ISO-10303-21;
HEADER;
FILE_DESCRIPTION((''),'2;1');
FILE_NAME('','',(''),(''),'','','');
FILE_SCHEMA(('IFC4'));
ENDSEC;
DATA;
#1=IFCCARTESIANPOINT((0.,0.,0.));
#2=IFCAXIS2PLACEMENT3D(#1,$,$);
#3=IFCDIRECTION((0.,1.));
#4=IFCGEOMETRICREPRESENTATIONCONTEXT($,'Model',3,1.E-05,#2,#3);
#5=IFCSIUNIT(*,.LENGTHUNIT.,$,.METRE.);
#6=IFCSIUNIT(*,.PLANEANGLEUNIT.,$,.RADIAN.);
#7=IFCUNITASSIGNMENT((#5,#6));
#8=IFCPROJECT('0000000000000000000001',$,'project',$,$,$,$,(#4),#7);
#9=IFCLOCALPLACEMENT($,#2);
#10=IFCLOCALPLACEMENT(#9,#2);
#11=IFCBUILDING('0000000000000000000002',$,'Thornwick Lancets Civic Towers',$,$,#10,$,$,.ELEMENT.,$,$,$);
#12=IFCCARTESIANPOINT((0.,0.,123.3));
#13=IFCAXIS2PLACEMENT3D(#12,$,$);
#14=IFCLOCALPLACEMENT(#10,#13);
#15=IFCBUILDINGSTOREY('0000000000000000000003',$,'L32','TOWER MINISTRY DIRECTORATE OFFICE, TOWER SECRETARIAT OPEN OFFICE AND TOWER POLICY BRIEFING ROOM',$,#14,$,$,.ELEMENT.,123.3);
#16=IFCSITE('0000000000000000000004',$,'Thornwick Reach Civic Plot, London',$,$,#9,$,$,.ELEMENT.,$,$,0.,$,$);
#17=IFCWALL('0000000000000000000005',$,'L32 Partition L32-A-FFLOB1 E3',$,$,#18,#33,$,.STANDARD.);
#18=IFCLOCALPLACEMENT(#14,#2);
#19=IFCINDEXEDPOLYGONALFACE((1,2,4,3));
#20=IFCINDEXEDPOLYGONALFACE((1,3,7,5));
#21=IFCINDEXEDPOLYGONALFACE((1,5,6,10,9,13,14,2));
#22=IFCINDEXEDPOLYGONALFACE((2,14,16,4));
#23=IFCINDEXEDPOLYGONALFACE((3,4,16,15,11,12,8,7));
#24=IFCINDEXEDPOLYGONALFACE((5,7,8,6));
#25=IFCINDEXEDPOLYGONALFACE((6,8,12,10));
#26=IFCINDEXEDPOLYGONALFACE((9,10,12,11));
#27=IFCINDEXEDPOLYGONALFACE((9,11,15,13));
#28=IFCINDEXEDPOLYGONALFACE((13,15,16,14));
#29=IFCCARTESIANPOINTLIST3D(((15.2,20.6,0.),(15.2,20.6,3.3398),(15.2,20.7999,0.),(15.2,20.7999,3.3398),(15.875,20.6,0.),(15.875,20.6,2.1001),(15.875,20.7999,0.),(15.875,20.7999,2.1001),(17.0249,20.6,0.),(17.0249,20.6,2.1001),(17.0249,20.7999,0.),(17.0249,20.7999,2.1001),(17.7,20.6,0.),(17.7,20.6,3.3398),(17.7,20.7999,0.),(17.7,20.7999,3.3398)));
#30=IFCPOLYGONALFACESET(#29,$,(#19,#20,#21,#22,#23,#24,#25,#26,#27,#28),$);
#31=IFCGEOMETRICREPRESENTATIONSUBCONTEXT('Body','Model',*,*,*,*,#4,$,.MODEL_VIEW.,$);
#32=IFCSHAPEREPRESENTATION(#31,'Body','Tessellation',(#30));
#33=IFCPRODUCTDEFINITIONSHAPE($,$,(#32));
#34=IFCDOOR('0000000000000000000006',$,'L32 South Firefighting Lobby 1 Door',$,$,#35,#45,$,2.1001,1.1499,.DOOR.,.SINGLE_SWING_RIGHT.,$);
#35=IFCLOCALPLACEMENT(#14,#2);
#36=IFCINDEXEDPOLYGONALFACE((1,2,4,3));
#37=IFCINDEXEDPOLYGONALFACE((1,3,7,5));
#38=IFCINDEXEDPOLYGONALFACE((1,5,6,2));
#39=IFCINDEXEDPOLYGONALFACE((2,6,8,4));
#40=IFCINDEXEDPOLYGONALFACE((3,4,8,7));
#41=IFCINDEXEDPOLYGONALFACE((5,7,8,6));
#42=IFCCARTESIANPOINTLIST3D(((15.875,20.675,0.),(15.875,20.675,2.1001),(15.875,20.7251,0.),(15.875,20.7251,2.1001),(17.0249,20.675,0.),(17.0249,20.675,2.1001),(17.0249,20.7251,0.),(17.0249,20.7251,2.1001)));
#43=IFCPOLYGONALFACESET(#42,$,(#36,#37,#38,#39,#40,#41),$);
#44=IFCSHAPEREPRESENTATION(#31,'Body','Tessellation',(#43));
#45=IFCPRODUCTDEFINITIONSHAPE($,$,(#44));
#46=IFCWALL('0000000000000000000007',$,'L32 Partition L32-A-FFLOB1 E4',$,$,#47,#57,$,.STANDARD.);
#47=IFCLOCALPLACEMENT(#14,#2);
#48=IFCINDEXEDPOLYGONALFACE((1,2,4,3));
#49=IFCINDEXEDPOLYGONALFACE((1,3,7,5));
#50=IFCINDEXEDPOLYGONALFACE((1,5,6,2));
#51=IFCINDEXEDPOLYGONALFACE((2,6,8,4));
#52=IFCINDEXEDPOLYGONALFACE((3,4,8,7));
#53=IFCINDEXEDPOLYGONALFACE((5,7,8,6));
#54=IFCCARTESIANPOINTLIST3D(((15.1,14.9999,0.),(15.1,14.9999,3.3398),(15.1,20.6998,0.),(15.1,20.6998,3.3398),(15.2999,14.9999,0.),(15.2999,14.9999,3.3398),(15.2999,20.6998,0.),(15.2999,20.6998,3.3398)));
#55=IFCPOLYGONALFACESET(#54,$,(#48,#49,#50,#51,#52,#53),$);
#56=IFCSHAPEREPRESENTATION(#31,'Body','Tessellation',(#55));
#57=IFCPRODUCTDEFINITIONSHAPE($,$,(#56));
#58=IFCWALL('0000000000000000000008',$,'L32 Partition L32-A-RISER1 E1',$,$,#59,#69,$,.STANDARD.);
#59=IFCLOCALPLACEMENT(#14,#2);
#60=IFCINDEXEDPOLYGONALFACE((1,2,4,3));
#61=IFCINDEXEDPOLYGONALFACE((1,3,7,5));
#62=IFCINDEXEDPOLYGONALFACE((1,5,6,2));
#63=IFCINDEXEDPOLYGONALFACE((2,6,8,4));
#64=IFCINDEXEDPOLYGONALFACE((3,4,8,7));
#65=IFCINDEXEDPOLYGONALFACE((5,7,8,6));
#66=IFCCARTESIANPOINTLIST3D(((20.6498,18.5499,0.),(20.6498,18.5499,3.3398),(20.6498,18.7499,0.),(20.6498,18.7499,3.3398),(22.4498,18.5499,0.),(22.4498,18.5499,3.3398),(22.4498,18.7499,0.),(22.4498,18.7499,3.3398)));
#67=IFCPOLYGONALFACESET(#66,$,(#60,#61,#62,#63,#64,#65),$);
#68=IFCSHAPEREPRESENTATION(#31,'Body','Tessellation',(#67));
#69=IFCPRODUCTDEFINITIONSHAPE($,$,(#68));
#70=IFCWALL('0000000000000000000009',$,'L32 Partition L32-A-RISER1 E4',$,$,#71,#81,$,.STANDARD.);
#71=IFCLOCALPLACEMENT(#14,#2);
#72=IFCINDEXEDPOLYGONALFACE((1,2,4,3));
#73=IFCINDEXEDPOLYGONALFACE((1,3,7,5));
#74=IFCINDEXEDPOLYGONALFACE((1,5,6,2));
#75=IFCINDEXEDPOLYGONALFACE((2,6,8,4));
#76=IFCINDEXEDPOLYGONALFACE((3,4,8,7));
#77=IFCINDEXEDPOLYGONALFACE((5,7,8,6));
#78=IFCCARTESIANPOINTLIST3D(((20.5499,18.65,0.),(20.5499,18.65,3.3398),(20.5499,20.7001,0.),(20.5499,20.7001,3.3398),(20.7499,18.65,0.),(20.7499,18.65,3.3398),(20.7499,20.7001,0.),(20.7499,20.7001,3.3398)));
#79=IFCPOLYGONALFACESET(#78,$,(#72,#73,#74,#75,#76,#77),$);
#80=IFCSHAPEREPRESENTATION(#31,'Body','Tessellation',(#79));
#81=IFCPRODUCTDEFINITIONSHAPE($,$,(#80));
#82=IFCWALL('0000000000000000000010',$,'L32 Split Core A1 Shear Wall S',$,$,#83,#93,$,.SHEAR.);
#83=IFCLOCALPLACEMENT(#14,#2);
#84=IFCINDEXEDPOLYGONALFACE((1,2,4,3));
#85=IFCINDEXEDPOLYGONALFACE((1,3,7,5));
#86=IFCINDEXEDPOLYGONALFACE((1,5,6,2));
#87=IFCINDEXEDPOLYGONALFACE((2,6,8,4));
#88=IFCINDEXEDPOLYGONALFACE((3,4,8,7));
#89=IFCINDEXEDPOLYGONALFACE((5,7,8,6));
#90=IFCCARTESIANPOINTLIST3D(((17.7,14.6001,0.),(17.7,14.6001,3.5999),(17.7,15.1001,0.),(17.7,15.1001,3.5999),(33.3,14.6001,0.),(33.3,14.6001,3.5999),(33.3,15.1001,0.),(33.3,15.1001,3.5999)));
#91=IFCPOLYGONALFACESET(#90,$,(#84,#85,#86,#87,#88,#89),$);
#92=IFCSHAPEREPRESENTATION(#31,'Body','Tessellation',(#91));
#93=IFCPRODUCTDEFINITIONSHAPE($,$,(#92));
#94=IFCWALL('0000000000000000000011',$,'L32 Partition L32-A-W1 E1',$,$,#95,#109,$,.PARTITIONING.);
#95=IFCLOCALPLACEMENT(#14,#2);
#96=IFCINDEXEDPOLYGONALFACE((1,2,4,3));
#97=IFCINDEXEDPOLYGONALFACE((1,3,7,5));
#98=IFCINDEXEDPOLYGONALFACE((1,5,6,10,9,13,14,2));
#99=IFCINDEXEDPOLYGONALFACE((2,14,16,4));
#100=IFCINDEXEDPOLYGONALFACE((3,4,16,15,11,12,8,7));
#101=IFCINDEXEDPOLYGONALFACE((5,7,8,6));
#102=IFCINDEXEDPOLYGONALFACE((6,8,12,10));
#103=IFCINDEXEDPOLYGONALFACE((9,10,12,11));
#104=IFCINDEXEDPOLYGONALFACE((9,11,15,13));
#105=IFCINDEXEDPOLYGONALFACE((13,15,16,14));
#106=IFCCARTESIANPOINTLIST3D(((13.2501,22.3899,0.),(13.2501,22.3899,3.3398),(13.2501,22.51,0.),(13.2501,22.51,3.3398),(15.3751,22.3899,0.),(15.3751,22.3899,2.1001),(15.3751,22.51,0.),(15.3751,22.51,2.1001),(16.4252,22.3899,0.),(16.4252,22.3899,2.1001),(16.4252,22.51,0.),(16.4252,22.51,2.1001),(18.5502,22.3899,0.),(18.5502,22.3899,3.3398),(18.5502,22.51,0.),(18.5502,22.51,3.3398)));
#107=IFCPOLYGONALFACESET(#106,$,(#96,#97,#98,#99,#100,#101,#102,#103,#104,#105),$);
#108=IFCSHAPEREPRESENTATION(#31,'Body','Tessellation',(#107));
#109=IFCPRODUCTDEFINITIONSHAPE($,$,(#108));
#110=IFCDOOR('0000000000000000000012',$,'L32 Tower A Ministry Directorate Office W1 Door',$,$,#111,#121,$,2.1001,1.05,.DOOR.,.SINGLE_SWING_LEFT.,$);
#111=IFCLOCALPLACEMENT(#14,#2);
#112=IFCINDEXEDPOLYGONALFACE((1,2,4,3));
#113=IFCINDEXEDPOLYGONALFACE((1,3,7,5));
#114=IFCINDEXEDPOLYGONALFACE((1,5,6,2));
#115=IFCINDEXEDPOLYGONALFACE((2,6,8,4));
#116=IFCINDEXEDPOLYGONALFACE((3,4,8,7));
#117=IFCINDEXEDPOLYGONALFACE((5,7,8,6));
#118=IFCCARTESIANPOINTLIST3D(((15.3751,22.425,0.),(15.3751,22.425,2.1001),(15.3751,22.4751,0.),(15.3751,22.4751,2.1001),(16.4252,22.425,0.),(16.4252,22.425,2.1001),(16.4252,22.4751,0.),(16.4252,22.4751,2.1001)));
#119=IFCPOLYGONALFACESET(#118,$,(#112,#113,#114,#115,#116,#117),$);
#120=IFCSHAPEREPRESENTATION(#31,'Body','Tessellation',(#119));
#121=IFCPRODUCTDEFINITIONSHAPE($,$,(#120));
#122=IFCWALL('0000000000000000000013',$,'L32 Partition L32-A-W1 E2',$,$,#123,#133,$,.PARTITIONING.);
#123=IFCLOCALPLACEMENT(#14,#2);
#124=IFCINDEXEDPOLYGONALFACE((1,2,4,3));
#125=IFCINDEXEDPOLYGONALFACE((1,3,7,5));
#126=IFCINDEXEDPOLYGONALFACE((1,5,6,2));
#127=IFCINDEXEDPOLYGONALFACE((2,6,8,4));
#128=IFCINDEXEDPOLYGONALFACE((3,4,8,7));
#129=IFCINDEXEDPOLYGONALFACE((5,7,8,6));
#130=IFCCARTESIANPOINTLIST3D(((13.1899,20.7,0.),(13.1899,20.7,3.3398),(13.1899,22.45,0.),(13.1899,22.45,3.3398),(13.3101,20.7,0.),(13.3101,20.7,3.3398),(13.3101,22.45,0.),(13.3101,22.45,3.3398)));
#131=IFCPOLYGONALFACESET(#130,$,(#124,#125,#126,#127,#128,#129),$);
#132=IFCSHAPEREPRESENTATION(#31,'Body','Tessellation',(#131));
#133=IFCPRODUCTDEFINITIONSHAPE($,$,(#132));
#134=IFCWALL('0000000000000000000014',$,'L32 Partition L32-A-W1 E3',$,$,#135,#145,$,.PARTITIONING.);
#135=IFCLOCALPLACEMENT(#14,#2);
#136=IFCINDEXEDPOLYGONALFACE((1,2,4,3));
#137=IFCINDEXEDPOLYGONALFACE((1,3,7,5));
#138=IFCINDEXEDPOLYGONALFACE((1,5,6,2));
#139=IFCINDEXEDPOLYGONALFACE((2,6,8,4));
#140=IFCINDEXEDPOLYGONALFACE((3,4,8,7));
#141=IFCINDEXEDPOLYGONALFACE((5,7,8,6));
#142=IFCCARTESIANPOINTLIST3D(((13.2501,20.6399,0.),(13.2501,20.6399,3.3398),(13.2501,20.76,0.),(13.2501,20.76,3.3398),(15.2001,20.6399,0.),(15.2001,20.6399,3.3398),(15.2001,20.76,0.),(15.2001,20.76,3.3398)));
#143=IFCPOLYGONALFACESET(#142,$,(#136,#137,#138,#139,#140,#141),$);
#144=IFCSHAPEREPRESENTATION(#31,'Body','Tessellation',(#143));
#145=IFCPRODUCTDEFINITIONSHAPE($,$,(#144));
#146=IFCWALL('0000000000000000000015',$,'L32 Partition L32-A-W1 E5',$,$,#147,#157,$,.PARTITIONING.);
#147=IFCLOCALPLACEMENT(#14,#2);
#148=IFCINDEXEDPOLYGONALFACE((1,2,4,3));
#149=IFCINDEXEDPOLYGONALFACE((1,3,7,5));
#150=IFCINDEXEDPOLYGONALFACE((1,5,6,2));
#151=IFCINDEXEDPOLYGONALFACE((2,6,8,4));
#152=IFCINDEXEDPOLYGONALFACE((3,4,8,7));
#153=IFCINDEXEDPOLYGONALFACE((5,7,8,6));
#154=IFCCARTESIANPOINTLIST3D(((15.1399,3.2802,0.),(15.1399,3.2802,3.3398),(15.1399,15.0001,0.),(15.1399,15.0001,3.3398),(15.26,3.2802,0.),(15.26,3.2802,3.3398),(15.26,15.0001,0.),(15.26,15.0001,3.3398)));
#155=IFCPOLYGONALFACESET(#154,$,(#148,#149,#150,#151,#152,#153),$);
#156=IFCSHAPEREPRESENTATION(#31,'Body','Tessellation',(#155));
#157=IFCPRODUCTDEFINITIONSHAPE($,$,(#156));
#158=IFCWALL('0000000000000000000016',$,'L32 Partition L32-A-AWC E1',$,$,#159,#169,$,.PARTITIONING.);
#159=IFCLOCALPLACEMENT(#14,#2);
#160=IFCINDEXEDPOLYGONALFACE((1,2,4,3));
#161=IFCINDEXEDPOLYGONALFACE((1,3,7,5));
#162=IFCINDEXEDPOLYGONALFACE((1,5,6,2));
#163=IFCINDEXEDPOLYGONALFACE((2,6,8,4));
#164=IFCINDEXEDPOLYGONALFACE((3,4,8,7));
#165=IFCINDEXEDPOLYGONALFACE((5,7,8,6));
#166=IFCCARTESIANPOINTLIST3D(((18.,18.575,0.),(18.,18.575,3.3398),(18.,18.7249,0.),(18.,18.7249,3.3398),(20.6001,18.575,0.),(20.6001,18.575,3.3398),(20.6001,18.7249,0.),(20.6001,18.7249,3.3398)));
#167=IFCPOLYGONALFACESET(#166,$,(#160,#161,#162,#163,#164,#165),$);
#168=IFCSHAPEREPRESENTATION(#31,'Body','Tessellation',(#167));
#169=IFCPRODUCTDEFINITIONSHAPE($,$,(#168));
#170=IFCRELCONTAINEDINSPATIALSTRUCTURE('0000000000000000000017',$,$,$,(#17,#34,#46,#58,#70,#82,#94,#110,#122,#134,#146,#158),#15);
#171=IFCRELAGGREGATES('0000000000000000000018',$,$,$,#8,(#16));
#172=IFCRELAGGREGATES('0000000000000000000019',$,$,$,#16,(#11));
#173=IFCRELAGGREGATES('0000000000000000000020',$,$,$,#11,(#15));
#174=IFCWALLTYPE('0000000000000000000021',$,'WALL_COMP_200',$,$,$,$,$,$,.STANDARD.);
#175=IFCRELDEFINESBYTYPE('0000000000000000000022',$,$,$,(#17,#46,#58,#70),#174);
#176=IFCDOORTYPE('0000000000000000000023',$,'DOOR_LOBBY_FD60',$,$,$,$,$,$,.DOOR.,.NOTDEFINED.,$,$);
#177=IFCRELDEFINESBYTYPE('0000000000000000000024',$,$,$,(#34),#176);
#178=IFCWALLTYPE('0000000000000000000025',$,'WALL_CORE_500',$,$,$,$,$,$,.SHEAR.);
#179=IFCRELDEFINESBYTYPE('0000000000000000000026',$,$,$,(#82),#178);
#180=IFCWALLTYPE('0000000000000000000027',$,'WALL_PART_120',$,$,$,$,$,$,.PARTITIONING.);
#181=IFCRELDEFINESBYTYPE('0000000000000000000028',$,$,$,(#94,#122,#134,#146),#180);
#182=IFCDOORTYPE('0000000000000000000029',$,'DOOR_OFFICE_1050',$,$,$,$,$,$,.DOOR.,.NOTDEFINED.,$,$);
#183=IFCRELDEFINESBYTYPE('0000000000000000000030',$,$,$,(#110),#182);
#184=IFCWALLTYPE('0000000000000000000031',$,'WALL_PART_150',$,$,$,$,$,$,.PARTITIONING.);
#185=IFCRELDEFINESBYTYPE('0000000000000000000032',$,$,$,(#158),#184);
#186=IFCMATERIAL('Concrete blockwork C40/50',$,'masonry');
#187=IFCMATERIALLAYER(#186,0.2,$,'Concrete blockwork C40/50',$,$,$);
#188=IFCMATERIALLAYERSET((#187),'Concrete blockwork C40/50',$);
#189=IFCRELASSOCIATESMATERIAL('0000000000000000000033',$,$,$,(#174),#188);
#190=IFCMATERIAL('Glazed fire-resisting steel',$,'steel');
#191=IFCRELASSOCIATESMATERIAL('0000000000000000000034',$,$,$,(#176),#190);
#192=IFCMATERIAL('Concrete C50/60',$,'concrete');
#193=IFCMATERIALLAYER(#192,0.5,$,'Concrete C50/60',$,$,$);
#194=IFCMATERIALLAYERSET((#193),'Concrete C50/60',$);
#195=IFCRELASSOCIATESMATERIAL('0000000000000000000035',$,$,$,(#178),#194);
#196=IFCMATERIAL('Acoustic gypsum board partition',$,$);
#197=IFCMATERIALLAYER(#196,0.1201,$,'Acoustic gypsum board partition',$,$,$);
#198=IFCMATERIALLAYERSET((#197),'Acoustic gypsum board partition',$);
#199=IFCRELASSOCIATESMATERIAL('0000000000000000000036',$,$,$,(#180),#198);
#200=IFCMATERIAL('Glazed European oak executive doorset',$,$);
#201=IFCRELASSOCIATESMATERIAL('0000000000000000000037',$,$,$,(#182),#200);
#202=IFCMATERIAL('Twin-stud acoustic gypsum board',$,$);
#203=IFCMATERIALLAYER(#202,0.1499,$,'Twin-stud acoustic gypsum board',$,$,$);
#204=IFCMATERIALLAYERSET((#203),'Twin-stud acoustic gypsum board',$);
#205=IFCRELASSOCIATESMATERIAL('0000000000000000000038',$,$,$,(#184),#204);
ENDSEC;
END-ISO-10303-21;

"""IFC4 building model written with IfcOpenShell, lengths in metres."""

from ifc_helpers import new_model, si_unit, direction, frame, frame_2d, origin, place, context, subcontext, project, spatial, rectangle, extrude, material, layer, layer_set, type_object, element, fill, save


model = new_model("IFC4")

# Units and contexts
model_context = context("Model", 3, precision=1e-05, world=origin(), true_north=direction((0.0, 1.0)))
body_context = subcontext(model_context, "Body", "Model", "MODEL_VIEW")
ifc_project = project(units=[si_unit("LENGTHUNIT", "METRE"), si_unit("PLANEANGLEUNIT", "RADIAN")], contexts=[model_context])

# Site, building, storey
site_placement = place(None, origin())
site = spatial("IfcSite", under=ifc_project, at=site_placement, Name="Thornwick Reach Civic Plot, London", CompositionType="ELEMENT", RefElevation=0.0)
building_placement = place(site_placement, origin())
building = spatial("IfcBuilding", under=site, at=building_placement, Name="Thornwick Lancets Civic Towers", CompositionType="ELEMENT")
storey_placement = place(building_placement, frame((0.0, 0.0, 123.3)))
storey = spatial("IfcBuildingStorey", under=building, at=storey_placement, Name="L32", Description="TOWER MINISTRY DIRECTORATE OFFICE, TOWER SECRETARIAT OPEN OFFICE AND TOWER POLICY BRIEFING ROOM", CompositionType="ELEMENT", Elevation=123.3)

# Shared definitions
ifc_material_1 = material(Name="Concrete blockwork C40/50", Category="masonry")
ifc_layer_1 = layer(ifc_material_1, 0.2, Name="Concrete blockwork C40/50")
ifc_layer_set_1 = layer_set([ifc_layer_1], Name="Concrete blockwork C40/50")
wall_type_1 = type_object("IfcWallType", Name="WALL_COMP_200", PredefinedType="STANDARD", material=ifc_layer_set_1)

# Wall, opening, door
wall_1_placement = place(storey_placement, frame((17.7, 20.7, 0.0), z_axis=(0.0, 0.0, 1.0), x_axis=(-1.0, 0.0, 0.0)))
wall_1 = element("IfcWall", 1, at=wall_1_placement, inside=storey, type_object=wall_type_1, Name="L32 Partition L32-A-FFLOB1 E3", PredefinedType="STANDARD", context=body_context, shape_type="SweptSolid", body=[
    extrude(rectangle(XDim=2.5, YDim=0.2, at=frame_2d((1.25, 0.0))), origin(), (0.0, 0.0, 1.0), 3.3398),
])
opening_1_placement = place(wall_1_placement, frame((0.675, 0.0, 0.0)))
opening_1 = element("IfcOpeningElement", 2, at=opening_1_placement, cuts=wall_1, PredefinedType="OPENING", context=body_context, shape_type="SweptSolid", body=[
    extrude(rectangle(XDim=1.1499, YDim=2.1001, at=frame_2d((0.575, 1.05))), frame((0.0, 0.1099, 0.0), z_axis=(0.0, -1.0, 0.0), x_axis=(1.0, 0.0, 0.0)), (0.0, 0.0, 1.0), 0.22),
])
ifc_material_2 = material(Name="Glazed fire-resisting steel", Category="steel")
door_type_1 = type_object("IfcDoorType", Name="DOOR_LOBBY_FD60", OperationType="NOTDEFINED", PredefinedType="DOOR", material=ifc_material_2)
door_1_placement = place(opening_1_placement, origin())
door_1 = element("IfcDoor", 3, at=door_1_placement, inside=storey, type_object=door_type_1, Name="L32 South Firefighting Lobby 1 Door", OperationType="SINGLE_SWING_RIGHT", OverallHeight=2.1001, OverallWidth=1.1499, PredefinedType="DOOR", context=body_context, shape_type="SweptSolid", body=[
    extrude(rectangle(XDim=1.1499, YDim=2.1001, at=frame_2d((0.575, 1.05))), frame((0.0, 0.0249, 0.0), z_axis=(0.0, -1.0, 0.0), x_axis=(1.0, 0.0, 0.0)), (0.0, 0.0, 1.0), 0.05),
])
fill(opening_1, door_1)

# Walls
wall_2_placement = place(storey_placement, frame((15.2, 20.7, 0.0), z_axis=(0.0, 0.0, 1.0), x_axis=(0.0, -1.0, 0.0)))
element("IfcWall", 4, at=wall_2_placement, inside=storey, type_object=wall_type_1, Name="L32 Partition L32-A-FFLOB1 E4", PredefinedType="STANDARD", context=body_context, shape_type="SweptSolid", body=[
    extrude(rectangle(XDim=5.7, YDim=0.2, at=frame_2d((2.8501, 0.0))), origin(), (0.0, 0.0, 1.0), 3.3398),
])
wall_3_placement = place(storey_placement, frame((20.6499, 18.6499, 0.0), z_axis=(0.0, 0.0, 1.0), x_axis=(1.0, 0.0, 0.0)))
element("IfcWall", 5, at=wall_3_placement, inside=storey, type_object=wall_type_1, Name="L32 Partition L32-A-RISER1 E1", PredefinedType="STANDARD", context=body_context, shape_type="SweptSolid", body=[
    extrude(rectangle(XDim=1.8, YDim=0.2, at=frame_2d((0.8999, 0.0))), origin(), (0.0, 0.0, 1.0), 3.3398),
])
wall_4_placement = place(storey_placement, frame((20.6499, 20.7, 0.0), z_axis=(0.0, 0.0, 1.0), x_axis=(0.0, -1.0, 0.0)))
element("IfcWall", 6, at=wall_4_placement, inside=storey, type_object=wall_type_1, Name="L32 Partition L32-A-RISER1 E4", PredefinedType="STANDARD", context=body_context, shape_type="SweptSolid", body=[
    extrude(rectangle(XDim=2.05, YDim=0.2, at=frame_2d((1.0249, 0.0))), origin(), (0.0, 0.0, 1.0), 3.3398),
])
ifc_material_3 = material(Name="Concrete C50/60", Category="concrete")
ifc_layer_2 = layer(ifc_material_3, 0.5, Name="Concrete C50/60")
ifc_layer_set_2 = layer_set([ifc_layer_2], Name="Concrete C50/60")
wall_type_2 = type_object("IfcWallType", Name="WALL_CORE_500", PredefinedType="SHEAR", material=ifc_layer_set_2)
wall_5_placement = place(storey_placement, frame((17.7, 14.8501, 0.0), z_axis=(0.0, 0.0, 1.0), x_axis=(1.0, 0.0, 0.0)))
element("IfcWall", 7, at=wall_5_placement, inside=storey, type_object=wall_type_2, Name="L32 Split Core A1 Shear Wall S", PredefinedType="SHEAR", context=body_context, shape_type="SweptSolid", body=[
    extrude(rectangle(XDim=15.6001, YDim=0.5, at=frame_2d((7.8, 0.0))), origin(), (0.0, 0.0, 1.0), 3.5999),
])

# Wall, opening, door
ifc_material_4 = material(Name="Acoustic gypsum board partition")
ifc_layer_3 = layer(ifc_material_4, 0.1201, Name="Acoustic gypsum board partition")
ifc_layer_set_3 = layer_set([ifc_layer_3], Name="Acoustic gypsum board partition")
wall_type_3 = type_object("IfcWallType", Name="WALL_PART_120", PredefinedType="PARTITIONING", material=ifc_layer_set_3)
wall_6_placement = place(storey_placement, frame((18.55, 22.45, 0.0), z_axis=(0.0, 0.0, 1.0), x_axis=(-1.0, 0.0, 0.0)))
wall_6 = element("IfcWall", 8, at=wall_6_placement, inside=storey, type_object=wall_type_3, Name="L32 Partition L32-A-W1 E1", PredefinedType="PARTITIONING", context=body_context, shape_type="SweptSolid", body=[
    extrude(rectangle(XDim=5.3, YDim=0.1201, at=frame_2d((2.6499, 0.0))), origin(), (0.0, 0.0, 1.0), 3.3398),
])
opening_2_placement = place(wall_6_placement, frame((2.125, 0.0, 0.0)))
opening_2 = element("IfcOpeningElement", 9, at=opening_2_placement, cuts=wall_6, PredefinedType="OPENING", context=body_context, shape_type="SweptSolid", body=[
    extrude(rectangle(XDim=1.05, YDim=2.1001, at=frame_2d((0.5249, 1.05))), frame((0.0, 0.0701, 0.0), z_axis=(0.0, -1.0, 0.0), x_axis=(1.0, 0.0, 0.0)), (0.0, 0.0, 1.0), 0.1401),
])
ifc_material_5 = material(Name="Glazed European oak executive doorset")
door_type_2 = type_object("IfcDoorType", Name="DOOR_OFFICE_1050", OperationType="NOTDEFINED", PredefinedType="DOOR", material=ifc_material_5)
door_2_placement = place(opening_2_placement, origin())
door_2 = element("IfcDoor", 10, at=door_2_placement, inside=storey, type_object=door_type_2, Name="L32 Tower A Ministry Directorate Office W1 Door", OperationType="SINGLE_SWING_LEFT", OverallHeight=2.1001, OverallWidth=1.05, PredefinedType="DOOR", context=body_context, shape_type="SweptSolid", body=[
    extrude(rectangle(XDim=1.05, YDim=2.1001, at=frame_2d((0.5249, 1.05))), frame((0.0, 0.0249, 0.0), z_axis=(0.0, -1.0, 0.0), x_axis=(1.0, 0.0, 0.0)), (0.0, 0.0, 1.0), 0.05),
])
fill(opening_2, door_2)

# Walls
wall_7_placement = place(storey_placement, frame((13.25, 22.45, 0.0), z_axis=(0.0, 0.0, 1.0), x_axis=(0.0, -1.0, 0.0)))
element("IfcWall", 11, at=wall_7_placement, inside=storey, type_object=wall_type_3, Name="L32 Partition L32-A-W1 E2", PredefinedType="PARTITIONING", context=body_context, shape_type="SweptSolid", body=[
    extrude(rectangle(XDim=1.75, YDim=0.1201, at=frame_2d((0.875, 0.0))), origin(), (0.0, 0.0, 1.0), 3.3398),
])
wall_8_placement = place(storey_placement, frame((13.25, 20.7, 0.0), z_axis=(0.0, 0.0, 1.0), x_axis=(1.0, 0.0, 0.0)))
element("IfcWall", 12, at=wall_8_placement, inside=storey, type_object=wall_type_3, Name="L32 Partition L32-A-W1 E3", PredefinedType="PARTITIONING", context=body_context, shape_type="SweptSolid", body=[
    extrude(rectangle(XDim=1.95, YDim=0.1201, at=frame_2d((0.9751, 0.0))), origin(), (0.0, 0.0, 1.0), 3.3398),
])
wall_9_placement = place(storey_placement, frame((15.2, 15.0, 0.0), z_axis=(0.0, 0.0, 1.0), x_axis=(0.0, -1.0, 0.0)))
element("IfcWall", 13, at=wall_9_placement, inside=storey, type_object=wall_type_3, Name="L32 Partition L32-A-W1 E5", PredefinedType="PARTITIONING", context=body_context, shape_type="SweptSolid", body=[
    extrude(rectangle(XDim=11.72, YDim=0.1201, at=frame_2d((5.8599, 0.0))), origin(), (0.0, 0.0, 1.0), 3.3398),
])
ifc_material_6 = material(Name="Twin-stud acoustic gypsum board")
ifc_layer_4 = layer(ifc_material_6, 0.1499, Name="Twin-stud acoustic gypsum board")
ifc_layer_set_4 = layer_set([ifc_layer_4], Name="Twin-stud acoustic gypsum board")
wall_type_4 = type_object("IfcWallType", Name="WALL_PART_150", PredefinedType="PARTITIONING", material=ifc_layer_set_4)
wall_10_placement = place(storey_placement, frame((18.0, 18.6499, 0.0), z_axis=(0.0, 0.0, 1.0), x_axis=(1.0, 0.0, 0.0)))
element("IfcWall", 14, at=wall_10_placement, inside=storey, type_object=wall_type_4, Name="L32 Partition L32-A-AWC E1", PredefinedType="PARTITIONING", context=body_context, shape_type="SweptSolid", body=[
    extrude(rectangle(XDim=2.6001, YDim=0.1499, at=frame_2d((1.3, 0.0))), origin(), (0.0, 0.0, 1.0), 3.3398),
])

save(model, "model.ifc")
